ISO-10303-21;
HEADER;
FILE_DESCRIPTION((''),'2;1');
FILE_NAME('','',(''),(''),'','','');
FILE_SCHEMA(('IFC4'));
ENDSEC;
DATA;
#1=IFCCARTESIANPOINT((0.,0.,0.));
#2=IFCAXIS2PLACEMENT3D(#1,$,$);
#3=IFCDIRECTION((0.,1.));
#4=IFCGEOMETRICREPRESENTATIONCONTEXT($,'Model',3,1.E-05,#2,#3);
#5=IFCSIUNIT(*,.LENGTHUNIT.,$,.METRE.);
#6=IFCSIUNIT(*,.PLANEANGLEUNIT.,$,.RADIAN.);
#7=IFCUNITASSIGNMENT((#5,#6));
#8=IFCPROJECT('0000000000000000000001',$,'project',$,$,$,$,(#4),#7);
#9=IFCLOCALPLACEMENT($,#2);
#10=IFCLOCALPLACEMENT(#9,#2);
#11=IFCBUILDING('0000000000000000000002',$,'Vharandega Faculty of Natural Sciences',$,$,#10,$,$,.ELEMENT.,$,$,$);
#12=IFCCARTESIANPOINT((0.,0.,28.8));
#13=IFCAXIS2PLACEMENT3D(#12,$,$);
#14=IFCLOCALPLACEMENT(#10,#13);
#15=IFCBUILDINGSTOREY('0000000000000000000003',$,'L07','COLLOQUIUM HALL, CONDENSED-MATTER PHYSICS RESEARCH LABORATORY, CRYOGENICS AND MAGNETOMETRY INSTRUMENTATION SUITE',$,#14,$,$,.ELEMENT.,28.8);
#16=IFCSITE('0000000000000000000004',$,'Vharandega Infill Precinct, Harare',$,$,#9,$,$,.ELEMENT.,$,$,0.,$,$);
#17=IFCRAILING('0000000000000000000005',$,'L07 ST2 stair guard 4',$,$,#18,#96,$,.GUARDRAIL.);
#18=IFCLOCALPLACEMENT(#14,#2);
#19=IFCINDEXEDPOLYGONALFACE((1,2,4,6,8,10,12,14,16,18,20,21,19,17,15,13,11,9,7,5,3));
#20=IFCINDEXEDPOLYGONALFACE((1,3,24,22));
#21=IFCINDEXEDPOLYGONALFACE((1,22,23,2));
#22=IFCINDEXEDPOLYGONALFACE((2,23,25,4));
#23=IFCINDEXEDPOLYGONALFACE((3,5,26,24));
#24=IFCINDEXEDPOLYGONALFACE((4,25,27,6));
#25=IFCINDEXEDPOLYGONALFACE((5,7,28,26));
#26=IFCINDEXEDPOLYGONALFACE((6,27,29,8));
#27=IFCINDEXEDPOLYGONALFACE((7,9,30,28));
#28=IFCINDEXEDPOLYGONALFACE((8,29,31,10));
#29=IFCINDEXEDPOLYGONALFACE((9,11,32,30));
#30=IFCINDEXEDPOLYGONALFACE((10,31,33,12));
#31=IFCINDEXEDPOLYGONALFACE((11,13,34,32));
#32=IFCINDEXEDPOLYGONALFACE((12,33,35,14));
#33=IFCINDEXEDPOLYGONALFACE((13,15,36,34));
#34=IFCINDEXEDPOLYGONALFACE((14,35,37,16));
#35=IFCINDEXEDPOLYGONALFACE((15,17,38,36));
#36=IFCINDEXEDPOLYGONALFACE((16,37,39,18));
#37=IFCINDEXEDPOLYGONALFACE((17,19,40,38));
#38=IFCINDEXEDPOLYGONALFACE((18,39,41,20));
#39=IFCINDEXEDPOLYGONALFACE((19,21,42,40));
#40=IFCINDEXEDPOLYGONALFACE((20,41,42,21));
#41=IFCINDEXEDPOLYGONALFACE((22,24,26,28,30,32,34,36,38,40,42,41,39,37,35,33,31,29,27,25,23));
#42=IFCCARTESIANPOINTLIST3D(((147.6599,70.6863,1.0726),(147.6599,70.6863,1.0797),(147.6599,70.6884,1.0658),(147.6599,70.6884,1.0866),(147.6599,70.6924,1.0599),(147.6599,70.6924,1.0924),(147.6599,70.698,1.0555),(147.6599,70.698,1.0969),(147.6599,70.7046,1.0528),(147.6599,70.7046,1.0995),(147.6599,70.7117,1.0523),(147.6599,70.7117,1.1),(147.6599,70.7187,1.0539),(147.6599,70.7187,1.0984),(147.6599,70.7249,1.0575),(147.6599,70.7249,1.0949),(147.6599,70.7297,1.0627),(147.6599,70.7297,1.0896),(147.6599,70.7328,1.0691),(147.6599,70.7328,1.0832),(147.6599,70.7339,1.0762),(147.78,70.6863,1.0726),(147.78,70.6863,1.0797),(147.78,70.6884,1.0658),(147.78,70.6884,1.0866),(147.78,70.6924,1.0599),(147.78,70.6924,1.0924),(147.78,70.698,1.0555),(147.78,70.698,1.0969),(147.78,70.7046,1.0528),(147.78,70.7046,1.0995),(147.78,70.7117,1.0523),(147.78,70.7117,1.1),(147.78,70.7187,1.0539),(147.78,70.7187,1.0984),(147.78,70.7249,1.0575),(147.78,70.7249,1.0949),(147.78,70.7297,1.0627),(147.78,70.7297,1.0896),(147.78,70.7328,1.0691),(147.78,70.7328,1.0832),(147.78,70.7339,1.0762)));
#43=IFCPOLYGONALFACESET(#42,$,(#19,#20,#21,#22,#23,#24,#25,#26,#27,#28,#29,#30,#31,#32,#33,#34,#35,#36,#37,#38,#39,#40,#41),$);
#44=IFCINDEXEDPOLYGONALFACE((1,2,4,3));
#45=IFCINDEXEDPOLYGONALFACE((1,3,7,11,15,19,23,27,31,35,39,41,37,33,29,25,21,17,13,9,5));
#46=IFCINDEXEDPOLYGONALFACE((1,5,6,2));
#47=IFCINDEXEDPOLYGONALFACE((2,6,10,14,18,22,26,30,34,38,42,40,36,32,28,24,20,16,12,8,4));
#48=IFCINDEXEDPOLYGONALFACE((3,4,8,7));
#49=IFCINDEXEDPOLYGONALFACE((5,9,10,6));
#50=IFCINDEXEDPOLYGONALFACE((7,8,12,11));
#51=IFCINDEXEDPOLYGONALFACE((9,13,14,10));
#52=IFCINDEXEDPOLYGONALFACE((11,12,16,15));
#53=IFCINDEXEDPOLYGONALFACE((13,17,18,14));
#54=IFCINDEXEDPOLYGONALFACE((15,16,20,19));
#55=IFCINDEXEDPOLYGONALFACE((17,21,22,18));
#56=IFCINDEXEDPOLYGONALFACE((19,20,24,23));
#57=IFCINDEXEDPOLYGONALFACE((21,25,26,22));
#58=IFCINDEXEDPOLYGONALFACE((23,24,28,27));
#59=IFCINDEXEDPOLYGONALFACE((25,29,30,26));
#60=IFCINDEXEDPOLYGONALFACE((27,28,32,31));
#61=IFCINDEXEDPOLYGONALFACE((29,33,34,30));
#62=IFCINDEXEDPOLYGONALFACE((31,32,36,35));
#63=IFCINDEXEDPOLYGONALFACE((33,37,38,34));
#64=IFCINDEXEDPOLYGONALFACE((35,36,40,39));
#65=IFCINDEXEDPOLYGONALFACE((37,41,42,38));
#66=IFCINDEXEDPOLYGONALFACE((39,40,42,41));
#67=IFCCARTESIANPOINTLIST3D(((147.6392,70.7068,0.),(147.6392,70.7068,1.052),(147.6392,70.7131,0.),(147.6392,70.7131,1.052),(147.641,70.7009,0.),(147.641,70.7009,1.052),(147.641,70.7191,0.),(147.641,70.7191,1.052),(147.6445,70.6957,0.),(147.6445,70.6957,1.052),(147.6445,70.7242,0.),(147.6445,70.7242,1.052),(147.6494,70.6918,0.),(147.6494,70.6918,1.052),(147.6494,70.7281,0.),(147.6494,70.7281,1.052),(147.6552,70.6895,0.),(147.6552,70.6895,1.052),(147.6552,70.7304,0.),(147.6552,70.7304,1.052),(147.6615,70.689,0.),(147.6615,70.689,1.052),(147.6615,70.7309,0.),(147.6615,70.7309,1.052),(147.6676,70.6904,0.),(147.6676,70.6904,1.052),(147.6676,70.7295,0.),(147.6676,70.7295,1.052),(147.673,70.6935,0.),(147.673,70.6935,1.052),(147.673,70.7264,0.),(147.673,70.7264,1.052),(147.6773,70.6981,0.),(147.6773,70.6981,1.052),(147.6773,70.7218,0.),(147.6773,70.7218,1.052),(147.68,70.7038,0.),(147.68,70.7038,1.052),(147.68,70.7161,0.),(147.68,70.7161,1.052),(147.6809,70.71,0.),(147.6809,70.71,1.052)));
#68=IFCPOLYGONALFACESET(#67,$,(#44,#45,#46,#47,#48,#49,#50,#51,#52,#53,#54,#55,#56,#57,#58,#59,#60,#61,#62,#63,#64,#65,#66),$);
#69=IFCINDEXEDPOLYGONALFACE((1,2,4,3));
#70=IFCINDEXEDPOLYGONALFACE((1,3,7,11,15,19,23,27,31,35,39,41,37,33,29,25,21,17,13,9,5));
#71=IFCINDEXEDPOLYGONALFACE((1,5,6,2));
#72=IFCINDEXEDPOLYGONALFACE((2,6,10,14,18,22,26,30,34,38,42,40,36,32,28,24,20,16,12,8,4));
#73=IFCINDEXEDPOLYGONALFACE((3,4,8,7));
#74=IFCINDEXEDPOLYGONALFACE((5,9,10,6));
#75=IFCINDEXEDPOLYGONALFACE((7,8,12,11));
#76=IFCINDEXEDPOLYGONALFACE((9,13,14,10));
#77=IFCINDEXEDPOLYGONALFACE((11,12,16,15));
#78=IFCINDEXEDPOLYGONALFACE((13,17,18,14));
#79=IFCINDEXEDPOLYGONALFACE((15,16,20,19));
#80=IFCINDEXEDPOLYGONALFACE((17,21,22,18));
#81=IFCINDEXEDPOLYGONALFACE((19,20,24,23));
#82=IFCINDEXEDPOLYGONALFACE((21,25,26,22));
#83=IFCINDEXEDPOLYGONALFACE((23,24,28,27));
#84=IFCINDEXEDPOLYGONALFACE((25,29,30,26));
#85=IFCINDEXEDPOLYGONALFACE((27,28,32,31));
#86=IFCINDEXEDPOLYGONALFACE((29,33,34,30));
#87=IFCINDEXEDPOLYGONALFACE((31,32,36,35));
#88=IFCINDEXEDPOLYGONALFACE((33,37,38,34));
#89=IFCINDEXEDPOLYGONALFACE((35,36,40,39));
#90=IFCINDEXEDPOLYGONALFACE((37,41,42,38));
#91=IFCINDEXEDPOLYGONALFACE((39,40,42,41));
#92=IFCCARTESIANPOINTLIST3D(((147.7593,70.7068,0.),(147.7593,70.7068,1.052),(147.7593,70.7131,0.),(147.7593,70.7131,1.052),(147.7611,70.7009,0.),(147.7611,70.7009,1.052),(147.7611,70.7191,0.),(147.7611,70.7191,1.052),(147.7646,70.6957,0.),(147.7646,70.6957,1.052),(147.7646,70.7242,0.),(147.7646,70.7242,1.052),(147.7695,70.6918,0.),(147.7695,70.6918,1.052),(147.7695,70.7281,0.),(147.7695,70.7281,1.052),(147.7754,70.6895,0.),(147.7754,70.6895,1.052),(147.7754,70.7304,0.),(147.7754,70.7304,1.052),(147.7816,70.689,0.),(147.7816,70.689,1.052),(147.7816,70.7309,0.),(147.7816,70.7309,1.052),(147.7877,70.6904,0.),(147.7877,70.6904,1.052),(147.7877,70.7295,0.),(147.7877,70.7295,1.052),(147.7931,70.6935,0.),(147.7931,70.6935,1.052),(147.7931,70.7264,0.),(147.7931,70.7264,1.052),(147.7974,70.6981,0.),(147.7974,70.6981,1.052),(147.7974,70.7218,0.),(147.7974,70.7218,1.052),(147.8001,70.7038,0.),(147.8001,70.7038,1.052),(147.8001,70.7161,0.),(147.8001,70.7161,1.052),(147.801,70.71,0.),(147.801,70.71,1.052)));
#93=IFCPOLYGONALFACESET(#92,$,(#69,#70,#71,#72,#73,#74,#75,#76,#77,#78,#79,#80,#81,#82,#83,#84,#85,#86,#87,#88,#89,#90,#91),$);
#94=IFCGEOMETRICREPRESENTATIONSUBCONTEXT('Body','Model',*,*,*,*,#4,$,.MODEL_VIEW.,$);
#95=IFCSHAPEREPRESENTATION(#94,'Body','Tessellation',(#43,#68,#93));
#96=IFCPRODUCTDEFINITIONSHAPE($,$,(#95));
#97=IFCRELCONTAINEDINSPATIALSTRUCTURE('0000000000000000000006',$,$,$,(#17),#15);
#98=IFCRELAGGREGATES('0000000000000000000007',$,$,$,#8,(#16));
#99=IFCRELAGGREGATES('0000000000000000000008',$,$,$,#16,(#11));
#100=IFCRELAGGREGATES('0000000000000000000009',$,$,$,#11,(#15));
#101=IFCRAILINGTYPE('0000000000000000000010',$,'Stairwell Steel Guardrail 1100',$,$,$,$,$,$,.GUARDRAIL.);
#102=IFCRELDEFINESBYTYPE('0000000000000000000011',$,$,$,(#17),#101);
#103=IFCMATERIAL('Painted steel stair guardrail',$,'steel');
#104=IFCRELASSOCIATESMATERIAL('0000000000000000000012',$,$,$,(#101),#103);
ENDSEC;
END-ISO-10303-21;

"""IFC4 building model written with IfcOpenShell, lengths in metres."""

from ifc_helpers import new_model, si_unit, direction, frame, origin, origin_2d, place, context, subcontext, project, spatial, circle, extrude, material, type_object, element, save


model = new_model("IFC4")

# Units and contexts
model_context = context("Model", 3, precision=1e-05, world=origin(), true_north=direction((0.0, 1.0)))
body_context = subcontext(model_context, "Body", "Model", "MODEL_VIEW")
ifc_project = project(units=[si_unit("LENGTHUNIT", "METRE"), si_unit("PLANEANGLEUNIT", "RADIAN")], contexts=[model_context])

# Site, building, storey
site_placement = place(None, origin())
site = spatial("IfcSite", under=ifc_project, at=site_placement, Name="Vharandega Infill Precinct, Harare", CompositionType="ELEMENT", RefElevation=0.0)
building_placement = place(site_placement, origin())
building = spatial("IfcBuilding", under=site, at=building_placement, Name="Vharandega Faculty of Natural Sciences", CompositionType="ELEMENT")
storey_placement = place(building_placement, frame((0.0, 0.0, 28.8)))
storey = spatial("IfcBuildingStorey", under=building, at=storey_placement, Name="L07", Description="COLLOQUIUM HALL, CONDENSED-MATTER PHYSICS RESEARCH LABORATORY, CRYOGENICS AND MAGNETOMETRY INSTRUMENTATION SUITE", CompositionType="ELEMENT", Elevation=28.8)

# Railing
ifc_material_1 = material(Name="Painted steel stair guardrail", Category="steel")
railing_type_1 = type_object("IfcRailingType", Name="Stairwell Steel Guardrail 1100", PredefinedType="GUARDRAIL", material=ifc_material_1)
railing_1_placement = place(storey_placement, frame((147.6599, 70.71, 0.0)))
element("IfcRailing", 1, at=railing_1_placement, inside=storey, type_object=railing_type_1, Name="L07 ST2 stair guard 4", PredefinedType="GUARDRAIL", context=body_context, shape_type="SweptSolid", body=[
    extrude(circle(Radius=0.0239, at=origin_2d()), frame((0.0, 0.0, 1.0762), z_axis=(1.0, 0.0, 0.0), x_axis=(0.0, 1.0, 0.0)), (0.0, 0.0, 1.0), 0.1201),
    extrude(circle(Radius=0.021, at=origin_2d()), origin(), (0.0, 0.0, 1.0), 1.052),
    extrude(circle(Radius=0.021, at=origin_2d()), frame((0.1201, 0.0, 0.0)), (0.0, 0.0, 1.0), 1.052),
])

save(model, "model.ifc")
